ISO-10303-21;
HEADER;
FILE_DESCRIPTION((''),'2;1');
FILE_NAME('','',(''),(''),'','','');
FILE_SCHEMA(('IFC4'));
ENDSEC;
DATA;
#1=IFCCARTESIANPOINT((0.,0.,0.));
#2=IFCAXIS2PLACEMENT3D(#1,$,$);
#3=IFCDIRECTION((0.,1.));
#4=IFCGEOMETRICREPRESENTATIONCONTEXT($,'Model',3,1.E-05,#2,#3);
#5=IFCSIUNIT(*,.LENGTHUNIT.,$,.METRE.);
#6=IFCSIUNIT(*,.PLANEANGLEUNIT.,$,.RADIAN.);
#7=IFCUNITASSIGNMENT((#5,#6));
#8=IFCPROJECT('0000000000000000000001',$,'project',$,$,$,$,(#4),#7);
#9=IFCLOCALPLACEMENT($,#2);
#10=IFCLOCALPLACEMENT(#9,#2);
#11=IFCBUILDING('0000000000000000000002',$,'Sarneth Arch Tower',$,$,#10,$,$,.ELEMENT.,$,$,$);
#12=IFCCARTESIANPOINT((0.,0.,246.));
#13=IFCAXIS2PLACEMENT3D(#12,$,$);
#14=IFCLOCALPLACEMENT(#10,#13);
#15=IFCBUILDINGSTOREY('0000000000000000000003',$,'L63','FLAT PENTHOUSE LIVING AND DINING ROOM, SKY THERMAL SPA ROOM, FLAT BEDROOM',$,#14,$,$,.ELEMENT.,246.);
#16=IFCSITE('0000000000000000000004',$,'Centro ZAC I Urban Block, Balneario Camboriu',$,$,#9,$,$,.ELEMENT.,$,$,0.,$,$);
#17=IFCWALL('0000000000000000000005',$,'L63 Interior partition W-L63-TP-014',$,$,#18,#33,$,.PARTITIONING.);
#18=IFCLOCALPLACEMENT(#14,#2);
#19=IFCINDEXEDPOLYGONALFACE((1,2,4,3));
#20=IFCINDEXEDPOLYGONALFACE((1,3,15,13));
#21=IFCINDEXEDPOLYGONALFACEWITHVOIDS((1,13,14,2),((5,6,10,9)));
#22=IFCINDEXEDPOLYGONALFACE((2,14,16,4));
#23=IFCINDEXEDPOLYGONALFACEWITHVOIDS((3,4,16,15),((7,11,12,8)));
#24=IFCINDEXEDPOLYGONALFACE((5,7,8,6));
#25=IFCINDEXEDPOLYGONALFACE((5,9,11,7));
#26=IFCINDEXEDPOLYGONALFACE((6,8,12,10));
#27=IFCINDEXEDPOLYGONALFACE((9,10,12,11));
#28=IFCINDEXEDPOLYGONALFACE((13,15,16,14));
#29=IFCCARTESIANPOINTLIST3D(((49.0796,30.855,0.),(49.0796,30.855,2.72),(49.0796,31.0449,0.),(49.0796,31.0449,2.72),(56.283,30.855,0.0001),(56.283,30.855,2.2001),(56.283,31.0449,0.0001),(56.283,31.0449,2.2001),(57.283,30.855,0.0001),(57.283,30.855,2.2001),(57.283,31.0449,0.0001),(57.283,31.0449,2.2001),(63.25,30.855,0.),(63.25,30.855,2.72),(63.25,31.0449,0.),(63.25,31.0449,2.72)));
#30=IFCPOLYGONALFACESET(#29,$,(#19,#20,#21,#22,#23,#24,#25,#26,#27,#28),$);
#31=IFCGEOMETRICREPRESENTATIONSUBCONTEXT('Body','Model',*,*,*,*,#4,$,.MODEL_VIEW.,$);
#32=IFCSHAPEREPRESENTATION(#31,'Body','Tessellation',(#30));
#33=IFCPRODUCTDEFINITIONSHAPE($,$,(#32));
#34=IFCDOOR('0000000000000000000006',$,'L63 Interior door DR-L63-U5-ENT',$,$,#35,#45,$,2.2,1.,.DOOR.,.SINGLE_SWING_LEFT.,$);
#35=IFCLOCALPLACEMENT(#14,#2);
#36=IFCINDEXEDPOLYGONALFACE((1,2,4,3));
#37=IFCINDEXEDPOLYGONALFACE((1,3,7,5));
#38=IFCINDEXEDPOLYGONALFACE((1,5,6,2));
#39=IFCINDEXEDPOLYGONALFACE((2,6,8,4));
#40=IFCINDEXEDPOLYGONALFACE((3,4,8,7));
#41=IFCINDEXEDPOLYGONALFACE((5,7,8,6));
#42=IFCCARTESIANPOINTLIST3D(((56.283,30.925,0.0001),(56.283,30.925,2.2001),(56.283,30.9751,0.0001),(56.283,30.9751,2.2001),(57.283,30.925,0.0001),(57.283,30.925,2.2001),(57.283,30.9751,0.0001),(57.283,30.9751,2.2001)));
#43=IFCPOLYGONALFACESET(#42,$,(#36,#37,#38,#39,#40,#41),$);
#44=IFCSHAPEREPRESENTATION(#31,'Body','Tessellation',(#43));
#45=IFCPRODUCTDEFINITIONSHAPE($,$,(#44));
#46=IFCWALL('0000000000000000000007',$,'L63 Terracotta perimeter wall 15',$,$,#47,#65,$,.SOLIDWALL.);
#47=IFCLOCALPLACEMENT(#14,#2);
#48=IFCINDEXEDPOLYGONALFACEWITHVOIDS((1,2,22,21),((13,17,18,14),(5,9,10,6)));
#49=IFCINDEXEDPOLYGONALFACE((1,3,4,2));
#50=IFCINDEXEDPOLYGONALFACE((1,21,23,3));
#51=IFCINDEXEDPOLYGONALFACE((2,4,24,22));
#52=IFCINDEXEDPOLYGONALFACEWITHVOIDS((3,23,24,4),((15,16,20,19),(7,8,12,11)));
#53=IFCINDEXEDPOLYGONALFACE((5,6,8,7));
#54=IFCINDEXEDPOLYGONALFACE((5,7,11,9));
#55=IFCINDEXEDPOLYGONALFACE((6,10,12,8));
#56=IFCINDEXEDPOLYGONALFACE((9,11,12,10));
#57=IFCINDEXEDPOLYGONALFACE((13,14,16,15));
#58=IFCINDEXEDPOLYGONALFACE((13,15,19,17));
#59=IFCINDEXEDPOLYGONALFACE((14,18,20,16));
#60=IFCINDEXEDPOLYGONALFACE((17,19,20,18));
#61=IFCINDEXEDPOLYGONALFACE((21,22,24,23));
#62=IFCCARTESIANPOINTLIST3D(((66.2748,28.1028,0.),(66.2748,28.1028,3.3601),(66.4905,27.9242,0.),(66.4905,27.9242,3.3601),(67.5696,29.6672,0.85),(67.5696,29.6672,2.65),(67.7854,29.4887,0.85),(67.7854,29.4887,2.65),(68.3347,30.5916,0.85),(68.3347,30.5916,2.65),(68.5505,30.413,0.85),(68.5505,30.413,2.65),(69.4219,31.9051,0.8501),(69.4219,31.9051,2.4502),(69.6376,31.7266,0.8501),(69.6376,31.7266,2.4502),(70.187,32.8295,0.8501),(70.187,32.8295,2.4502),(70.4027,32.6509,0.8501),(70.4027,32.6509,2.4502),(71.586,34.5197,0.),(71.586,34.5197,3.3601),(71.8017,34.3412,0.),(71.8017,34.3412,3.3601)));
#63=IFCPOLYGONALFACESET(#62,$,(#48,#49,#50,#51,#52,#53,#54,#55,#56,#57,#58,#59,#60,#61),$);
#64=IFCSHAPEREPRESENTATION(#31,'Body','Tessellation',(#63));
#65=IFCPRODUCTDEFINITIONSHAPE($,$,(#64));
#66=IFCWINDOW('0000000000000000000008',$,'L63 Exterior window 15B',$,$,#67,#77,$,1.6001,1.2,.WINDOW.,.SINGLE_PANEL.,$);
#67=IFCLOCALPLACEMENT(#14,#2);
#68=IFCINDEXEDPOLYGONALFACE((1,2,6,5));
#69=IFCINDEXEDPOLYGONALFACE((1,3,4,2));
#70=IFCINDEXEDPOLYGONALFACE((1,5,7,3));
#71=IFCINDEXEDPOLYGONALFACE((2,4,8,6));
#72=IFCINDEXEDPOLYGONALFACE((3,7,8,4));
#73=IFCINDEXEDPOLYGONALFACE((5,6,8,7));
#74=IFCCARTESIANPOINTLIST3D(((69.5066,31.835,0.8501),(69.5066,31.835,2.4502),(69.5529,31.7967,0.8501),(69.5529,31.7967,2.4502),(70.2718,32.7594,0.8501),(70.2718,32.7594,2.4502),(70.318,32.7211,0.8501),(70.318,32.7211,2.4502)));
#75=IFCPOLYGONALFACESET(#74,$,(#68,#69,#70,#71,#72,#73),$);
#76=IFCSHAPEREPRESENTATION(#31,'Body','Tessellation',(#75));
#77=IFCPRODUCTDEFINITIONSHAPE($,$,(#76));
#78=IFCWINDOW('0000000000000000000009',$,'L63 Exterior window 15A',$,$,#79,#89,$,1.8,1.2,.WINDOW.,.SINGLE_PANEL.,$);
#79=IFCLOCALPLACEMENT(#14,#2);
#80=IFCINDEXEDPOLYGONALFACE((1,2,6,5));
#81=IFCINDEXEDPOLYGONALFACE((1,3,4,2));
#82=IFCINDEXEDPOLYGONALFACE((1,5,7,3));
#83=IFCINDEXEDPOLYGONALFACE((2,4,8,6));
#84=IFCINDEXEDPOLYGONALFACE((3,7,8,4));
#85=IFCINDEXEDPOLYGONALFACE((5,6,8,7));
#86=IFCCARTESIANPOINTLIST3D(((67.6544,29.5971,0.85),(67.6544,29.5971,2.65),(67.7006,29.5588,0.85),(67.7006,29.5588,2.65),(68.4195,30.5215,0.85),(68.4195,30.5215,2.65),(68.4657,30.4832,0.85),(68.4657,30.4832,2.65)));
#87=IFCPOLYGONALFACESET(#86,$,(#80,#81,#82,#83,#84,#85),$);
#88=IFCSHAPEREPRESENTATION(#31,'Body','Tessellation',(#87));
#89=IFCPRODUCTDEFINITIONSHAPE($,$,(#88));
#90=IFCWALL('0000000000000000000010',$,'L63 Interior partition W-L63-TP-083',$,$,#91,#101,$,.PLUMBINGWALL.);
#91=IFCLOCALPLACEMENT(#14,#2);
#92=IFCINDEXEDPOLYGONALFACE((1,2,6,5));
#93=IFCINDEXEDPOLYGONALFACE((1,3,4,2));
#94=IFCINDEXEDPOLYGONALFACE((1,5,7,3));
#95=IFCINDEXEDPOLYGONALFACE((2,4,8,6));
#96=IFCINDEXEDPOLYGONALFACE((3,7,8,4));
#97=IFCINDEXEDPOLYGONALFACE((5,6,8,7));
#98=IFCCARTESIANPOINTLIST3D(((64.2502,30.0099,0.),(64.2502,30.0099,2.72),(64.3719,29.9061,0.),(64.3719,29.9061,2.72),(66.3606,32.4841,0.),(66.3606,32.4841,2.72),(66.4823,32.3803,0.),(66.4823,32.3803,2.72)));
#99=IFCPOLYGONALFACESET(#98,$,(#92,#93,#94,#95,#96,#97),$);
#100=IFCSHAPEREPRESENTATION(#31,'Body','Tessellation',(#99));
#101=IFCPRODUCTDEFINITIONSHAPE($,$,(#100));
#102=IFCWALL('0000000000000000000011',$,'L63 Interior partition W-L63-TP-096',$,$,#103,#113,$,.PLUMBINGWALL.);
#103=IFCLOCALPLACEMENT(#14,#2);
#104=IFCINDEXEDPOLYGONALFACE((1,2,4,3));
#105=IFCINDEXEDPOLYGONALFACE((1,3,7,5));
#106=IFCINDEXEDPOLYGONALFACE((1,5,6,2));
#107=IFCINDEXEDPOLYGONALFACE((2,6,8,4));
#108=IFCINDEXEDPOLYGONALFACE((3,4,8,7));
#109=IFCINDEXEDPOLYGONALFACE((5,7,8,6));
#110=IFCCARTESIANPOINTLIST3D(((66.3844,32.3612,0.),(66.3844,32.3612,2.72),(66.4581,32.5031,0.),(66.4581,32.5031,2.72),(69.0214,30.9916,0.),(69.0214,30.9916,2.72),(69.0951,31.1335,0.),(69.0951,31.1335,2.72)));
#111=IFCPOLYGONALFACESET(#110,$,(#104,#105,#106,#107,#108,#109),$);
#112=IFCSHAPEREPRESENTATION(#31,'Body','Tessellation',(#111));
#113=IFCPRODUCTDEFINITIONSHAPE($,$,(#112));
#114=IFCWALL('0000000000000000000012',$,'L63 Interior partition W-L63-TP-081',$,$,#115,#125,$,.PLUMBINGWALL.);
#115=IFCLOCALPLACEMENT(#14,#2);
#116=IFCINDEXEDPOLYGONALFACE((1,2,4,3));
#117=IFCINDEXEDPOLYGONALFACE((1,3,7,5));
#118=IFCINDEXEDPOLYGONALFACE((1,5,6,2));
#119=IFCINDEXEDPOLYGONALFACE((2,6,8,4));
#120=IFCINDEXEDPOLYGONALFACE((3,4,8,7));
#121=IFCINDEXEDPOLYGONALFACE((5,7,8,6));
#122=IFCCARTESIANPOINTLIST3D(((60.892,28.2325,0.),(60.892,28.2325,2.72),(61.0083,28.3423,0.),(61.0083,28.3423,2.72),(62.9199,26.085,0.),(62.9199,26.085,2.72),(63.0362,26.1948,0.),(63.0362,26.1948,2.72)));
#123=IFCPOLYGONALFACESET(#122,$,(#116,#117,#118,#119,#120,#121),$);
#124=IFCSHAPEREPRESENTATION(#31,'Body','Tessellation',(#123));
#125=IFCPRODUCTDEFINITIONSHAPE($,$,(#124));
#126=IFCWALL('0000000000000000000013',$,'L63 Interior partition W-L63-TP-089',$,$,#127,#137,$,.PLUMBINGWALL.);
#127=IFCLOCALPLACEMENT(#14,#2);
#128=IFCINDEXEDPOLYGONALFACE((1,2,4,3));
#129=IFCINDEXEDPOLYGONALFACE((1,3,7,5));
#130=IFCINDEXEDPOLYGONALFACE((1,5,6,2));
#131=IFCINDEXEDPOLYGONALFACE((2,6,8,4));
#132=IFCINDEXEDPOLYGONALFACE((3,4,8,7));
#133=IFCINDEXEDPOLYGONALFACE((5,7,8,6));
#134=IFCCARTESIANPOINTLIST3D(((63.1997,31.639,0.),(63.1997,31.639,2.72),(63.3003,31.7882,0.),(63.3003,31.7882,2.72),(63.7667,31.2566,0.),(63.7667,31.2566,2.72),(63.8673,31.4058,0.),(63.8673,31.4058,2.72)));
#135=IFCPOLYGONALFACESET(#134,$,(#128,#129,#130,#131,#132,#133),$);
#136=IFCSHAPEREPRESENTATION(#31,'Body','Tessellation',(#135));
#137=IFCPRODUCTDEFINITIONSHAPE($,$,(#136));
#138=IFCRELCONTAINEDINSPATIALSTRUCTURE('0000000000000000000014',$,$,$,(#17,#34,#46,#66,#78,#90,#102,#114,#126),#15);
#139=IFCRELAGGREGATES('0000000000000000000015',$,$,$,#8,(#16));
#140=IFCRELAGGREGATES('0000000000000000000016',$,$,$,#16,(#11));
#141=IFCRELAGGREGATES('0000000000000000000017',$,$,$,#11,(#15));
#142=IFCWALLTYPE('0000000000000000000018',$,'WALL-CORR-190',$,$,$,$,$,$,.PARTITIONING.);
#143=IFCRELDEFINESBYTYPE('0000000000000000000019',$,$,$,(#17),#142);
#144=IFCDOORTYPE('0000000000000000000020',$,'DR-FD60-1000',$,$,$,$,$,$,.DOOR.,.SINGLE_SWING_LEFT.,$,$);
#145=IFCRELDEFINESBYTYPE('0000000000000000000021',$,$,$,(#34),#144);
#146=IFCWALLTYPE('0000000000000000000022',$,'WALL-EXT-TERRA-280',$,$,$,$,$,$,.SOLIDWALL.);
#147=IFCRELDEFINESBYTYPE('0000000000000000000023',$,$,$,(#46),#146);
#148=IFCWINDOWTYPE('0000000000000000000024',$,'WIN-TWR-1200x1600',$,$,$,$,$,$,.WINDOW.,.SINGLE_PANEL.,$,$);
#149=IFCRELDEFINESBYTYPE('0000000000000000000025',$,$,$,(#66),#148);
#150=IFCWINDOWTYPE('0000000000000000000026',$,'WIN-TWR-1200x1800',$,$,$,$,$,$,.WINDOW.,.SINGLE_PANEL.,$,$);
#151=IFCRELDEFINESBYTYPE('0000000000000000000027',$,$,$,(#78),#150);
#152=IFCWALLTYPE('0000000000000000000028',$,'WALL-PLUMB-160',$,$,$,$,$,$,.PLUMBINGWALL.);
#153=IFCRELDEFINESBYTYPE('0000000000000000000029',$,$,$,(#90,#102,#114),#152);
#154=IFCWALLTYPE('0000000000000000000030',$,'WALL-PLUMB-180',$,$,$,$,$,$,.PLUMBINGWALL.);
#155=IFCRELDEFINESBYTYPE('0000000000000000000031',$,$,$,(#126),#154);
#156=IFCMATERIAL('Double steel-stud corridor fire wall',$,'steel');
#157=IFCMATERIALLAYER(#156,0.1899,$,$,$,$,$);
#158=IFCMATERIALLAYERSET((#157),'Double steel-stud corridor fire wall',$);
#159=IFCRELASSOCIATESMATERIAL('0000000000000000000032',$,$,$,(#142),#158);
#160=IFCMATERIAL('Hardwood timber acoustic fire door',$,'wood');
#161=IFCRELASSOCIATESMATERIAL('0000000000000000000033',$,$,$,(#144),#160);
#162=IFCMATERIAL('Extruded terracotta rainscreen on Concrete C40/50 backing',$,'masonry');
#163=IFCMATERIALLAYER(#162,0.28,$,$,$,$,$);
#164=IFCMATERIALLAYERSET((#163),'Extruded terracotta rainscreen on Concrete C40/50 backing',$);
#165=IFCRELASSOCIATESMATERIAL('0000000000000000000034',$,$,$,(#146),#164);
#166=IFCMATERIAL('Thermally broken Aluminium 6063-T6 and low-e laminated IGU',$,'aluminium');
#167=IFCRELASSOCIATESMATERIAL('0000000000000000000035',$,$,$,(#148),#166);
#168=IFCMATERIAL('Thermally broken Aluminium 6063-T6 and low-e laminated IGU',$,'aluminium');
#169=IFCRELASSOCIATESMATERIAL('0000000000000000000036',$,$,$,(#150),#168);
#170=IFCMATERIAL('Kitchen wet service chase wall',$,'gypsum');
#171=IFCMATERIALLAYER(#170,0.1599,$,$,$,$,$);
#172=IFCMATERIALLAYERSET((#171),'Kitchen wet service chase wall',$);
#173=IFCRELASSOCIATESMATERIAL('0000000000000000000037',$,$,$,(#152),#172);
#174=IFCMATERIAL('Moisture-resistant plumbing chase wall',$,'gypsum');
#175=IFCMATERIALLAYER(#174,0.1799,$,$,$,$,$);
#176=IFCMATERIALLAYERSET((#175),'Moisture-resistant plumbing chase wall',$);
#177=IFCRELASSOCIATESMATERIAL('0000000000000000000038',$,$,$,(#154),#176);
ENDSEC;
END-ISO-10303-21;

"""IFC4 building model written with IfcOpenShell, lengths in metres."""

from ifc_helpers import new_model, si_unit, direction, frame, frame_2d, origin, place, context, subcontext, project, spatial, rectangle, extrude, material, layer, layer_set, type_object, element, fill, save


model = new_model("IFC4")

# Units and contexts
model_context = context("Model", 3, precision=1e-05, world=origin(), true_north=direction((0.0, 1.0)))
body_context = subcontext(model_context, "Body", "Model", "MODEL_VIEW")
ifc_project = project(units=[si_unit("LENGTHUNIT", "METRE"), si_unit("PLANEANGLEUNIT", "RADIAN")], contexts=[model_context])

# Site, building, storey
site_placement = place(None, origin())
site = spatial("IfcSite", under=ifc_project, at=site_placement, Name="Centro ZAC I Urban Block, Balneario Camboriu", CompositionType="ELEMENT", RefElevation=0.0)
building_placement = place(site_placement, origin())
building = spatial("IfcBuilding", under=site, at=building_placement, Name="Sarneth Arch Tower", CompositionType="ELEMENT")
storey_placement = place(building_placement, frame((0.0, 0.0, 246.0)))
storey = spatial("IfcBuildingStorey", under=building, at=storey_placement, Name="L63", Description="FLAT PENTHOUSE LIVING AND DINING ROOM, SKY THERMAL SPA ROOM, FLAT BEDROOM", CompositionType="ELEMENT", Elevation=246.0)

# Wall, opening, door
ifc_material_1 = material(Name="Double steel-stud corridor fire wall", Category="steel")
ifc_layer_1 = layer(ifc_material_1, 0.1899)
ifc_layer_set_1 = layer_set([ifc_layer_1], Name="Double steel-stud corridor fire wall")
wall_type_1 = type_object("IfcWallType", Name="WALL-CORR-190", PredefinedType="PARTITIONING", material=ifc_layer_set_1)
wall_1_placement = place(storey_placement, frame((63.25, 30.95, 0.0), z_axis=(0.0, 0.0, 1.0), x_axis=(-1.0, 0.0, 0.0)))
wall_1 = element("IfcWall", 1, at=wall_1_placement, inside=storey, type_object=wall_type_1, Name="L63 Interior partition W-L63-TP-014", PredefinedType="PARTITIONING", context=body_context, shape_type="SweptSolid", body=[
    extrude(rectangle(XDim=14.1704, YDim=0.1899, at=frame_2d((7.0852, 0.0))), origin(), (0.0, 0.0, 1.0), 2.72),
])
opening_1_placement = place(wall_1_placement, frame((5.967, 0.0, 0.0)))
opening_1 = element("IfcOpeningElement", 2, at=opening_1_placement, cuts=wall_1, PredefinedType="OPENING", context=body_context, shape_type="SweptSolid", body=[
    extrude(rectangle(XDim=1.0, YDim=2.2, at=frame_2d((0.5, 1.1001))), frame((0.0, 0.105, 0.0), z_axis=(0.0, -1.0, 0.0), x_axis=(1.0, 0.0, 0.0)), (0.0, 0.0, 1.0), 0.21),
])
ifc_material_2 = material(Name="Hardwood timber acoustic fire door", Category="wood")
door_type = type_object("IfcDoorType", Name="DR-FD60-1000", OperationType="SINGLE_SWING_LEFT", PredefinedType="DOOR", material=ifc_material_2)
door_placement = place(opening_1_placement, origin())
door = element("IfcDoor", 3, at=door_placement, inside=storey, type_object=door_type, Name="L63 Interior door DR-L63-U5-ENT", OperationType="SINGLE_SWING_LEFT", OverallHeight=2.2, OverallWidth=1.0, PredefinedType="DOOR", context=body_context, shape_type="SweptSolid", body=[
    extrude(rectangle(XDim=1.0, YDim=2.2, at=frame_2d((0.5, 1.1001))), frame((0.0, 0.0249, 0.0), z_axis=(0.0, -1.0, 0.0), x_axis=(1.0, 0.0, 0.0)), (0.0, 0.0, 1.0), 0.05),
])
fill(opening_1, door)

# Wall, openings, windows
ifc_material_3 = material(Name="Extruded terracotta rainscreen on Concrete C40/50 backing", Category="masonry")
ifc_layer_2 = layer(ifc_material_3, 0.28)
ifc_layer_set_2 = layer_set([ifc_layer_2], Name="Extruded terracotta rainscreen on Concrete C40/50 backing")
wall_type_2 = type_object("IfcWallType", Name="WALL-EXT-TERRA-280", PredefinedType="SOLIDWALL", material=ifc_layer_set_2)
wall_2_placement = place(storey_placement, frame((66.3826, 28.0134, 0.0), z_axis=(0.0, 0.0, 1.0), x_axis=(0.637615, 0.770355, 0.0)))
wall_2 = element("IfcWall", 4, at=wall_2_placement, inside=storey, type_object=wall_type_2, Name="L63 Terracotta perimeter wall 15", PredefinedType="SOLIDWALL", context=body_context, shape_type="SweptSolid", body=[
    extrude(rectangle(XDim=8.3298, YDim=0.28, at=frame_2d((4.165, 0.0))), origin(), (0.0, 0.0, 1.0), 3.3601),
])
opening_2_placement = place(wall_2_placement, frame((2.0308, 0.0, 0.8501)))
opening_2 = element("IfcOpeningElement", 5, at=opening_2_placement, cuts=wall_2, PredefinedType="OPENING", context=body_context, shape_type="SweptSolid", body=[
    extrude(rectangle(XDim=1.2, YDim=1.8, at=frame_2d((0.6001, 0.8999))), frame((0.0, 0.1499, 0.0), z_axis=(0.0, -1.0, 0.0), x_axis=(1.0, 0.0, 0.0)), (0.0, 0.0, 1.0), 0.3),
])
opening_3_placement = place(wall_2_placement, frame((4.9358, 0.0, 0.8501)))
opening_3 = element("IfcOpeningElement", 6, at=opening_3_placement, cuts=wall_2, PredefinedType="OPENING", context=body_context, shape_type="SweptSolid", body=[
    extrude(rectangle(XDim=1.2, YDim=1.6001, at=frame_2d((0.6001, 0.8))), frame((0.0, 0.1499, 0.0), z_axis=(0.0, -1.0, 0.0), x_axis=(1.0, 0.0, 0.0)), (0.0, 0.0, 1.0), 0.3),
])
ifc_material_4 = material(Name="Thermally broken Aluminium 6063-T6 and low-e laminated IGU", Category="aluminium")
window_type_1 = type_object("IfcWindowType", Name="WIN-TWR-1200x1600", PartitioningType="SINGLE_PANEL", PredefinedType="WINDOW", material=ifc_material_4)
window_1_placement = place(opening_3_placement, origin())
window_1 = element("IfcWindow", 7, at=window_1_placement, inside=storey, type_object=window_type_1, Name="L63 Exterior window 15B", OverallHeight=1.6001, OverallWidth=1.2, PartitioningType="SINGLE_PANEL", PredefinedType="WINDOW", context=body_context, shape_type="SweptSolid", body=[
    extrude(rectangle(XDim=1.2, YDim=1.6001, at=frame_2d((0.6001, 0.8))), frame((0.0, 0.03, 0.0), z_axis=(0.0, -1.0, 0.0), x_axis=(1.0, 0.0, 0.0)), (0.0, 0.0, 1.0), 0.0601),
])
fill(opening_3, window_1)
ifc_material_5 = material(Name="Thermally broken Aluminium 6063-T6 and low-e laminated IGU", Category="aluminium")
window_type_2 = type_object("IfcWindowType", Name="WIN-TWR-1200x1800", PartitioningType="SINGLE_PANEL", PredefinedType="WINDOW", material=ifc_material_5)
window_2_placement = place(opening_2_placement, origin())
window_2 = element("IfcWindow", 8, at=window_2_placement, inside=storey, type_object=window_type_2, Name="L63 Exterior window 15A", OverallHeight=1.8, OverallWidth=1.2, PartitioningType="SINGLE_PANEL", PredefinedType="WINDOW", context=body_context, shape_type="SweptSolid", body=[
    extrude(rectangle(XDim=1.2, YDim=1.8, at=frame_2d((0.6001, 0.8999))), frame((0.0, 0.03, 0.0), z_axis=(0.0, -1.0, 0.0), x_axis=(1.0, 0.0, 0.0)), (0.0, 0.0, 1.0), 0.0601),
])
fill(opening_2, window_2)

# Walls
ifc_material_6 = material(Name="Kitchen wet service chase wall", Category="gypsum")
ifc_layer_3 = layer(ifc_material_6, 0.1599)
ifc_layer_set_3 = layer_set([ifc_layer_3], Name="Kitchen wet service chase wall")
wall_type_3 = type_object("IfcWallType", Name="WALL-PLUMB-160", PredefinedType="PLUMBINGWALL", material=ifc_layer_set_3)
wall_3_placement = place(storey_placement, frame((64.311, 29.958, 0.0), z_axis=(0.0, 0.0, 1.0), x_axis=(0.648959, 0.760823, 0.0)))
element("IfcWall", 9, at=wall_3_placement, inside=storey, type_object=wall_type_3, Name="L63 Interior partition W-L63-TP-083", PredefinedType="PLUMBINGWALL", context=body_context, shape_type="SweptSolid", body=[
    extrude(rectangle(XDim=3.252, YDim=0.1599, at=frame_2d((1.626, 0.0))), origin(), (0.0, 0.0, 1.0), 2.72),
])
wall_4_placement = place(storey_placement, frame((69.0583, 31.0625, 0.0), z_axis=(0.0, 0.0, 1.0), x_axis=(-0.887436, 0.460931, 0.0)))
element("IfcWall", 10, at=wall_4_placement, inside=storey, type_object=wall_type_3, Name="L63 Interior partition W-L63-TP-096", PredefinedType="PLUMBINGWALL", context=body_context, shape_type="SweptSolid", body=[
    extrude(rectangle(XDim=2.9714, YDim=0.1599, at=frame_2d((1.4858, 0.0))), origin(), (0.0, 0.0, 1.0), 2.72),
])
wall_5_placement = place(storey_placement, frame((62.978, 26.1399, 0.0), z_axis=(0.0, 0.0, 1.0), x_axis=(-0.686565, 0.727068, 0.0)))
element("IfcWall", 11, at=wall_5_placement, inside=storey, type_object=wall_type_3, Name="L63 Interior partition W-L63-TP-081", PredefinedType="PLUMBINGWALL", context=body_context, shape_type="SweptSolid", body=[
    extrude(rectangle(XDim=2.9536, YDim=0.1599, at=frame_2d((1.4768, 0.0))), origin(), (0.0, 0.0, 1.0), 2.72),
])
ifc_material_7 = material(Name="Moisture-resistant plumbing chase wall", Category="gypsum")
ifc_layer_4 = layer(ifc_material_7, 0.1799)
ifc_layer_set_4 = layer_set([ifc_layer_4], Name="Moisture-resistant plumbing chase wall")
wall_type_4 = type_object("IfcWallType", Name="WALL-PLUMB-180", PredefinedType="PLUMBINGWALL", material=ifc_layer_set_4)
wall_6_placement = place(storey_placement, frame((63.8169, 31.3313, 0.0), z_axis=(0.0, 0.0, 1.0), x_axis=(-0.829072, 0.559142, 0.0)))
element("IfcWall", 12, at=wall_6_placement, inside=storey, type_object=wall_type_4, Name="L63 Interior partition W-L63-TP-089", PredefinedType="PLUMBINGWALL", context=body_context, shape_type="SweptSolid", body=[
    extrude(rectangle(XDim=0.6838, YDim=0.1799, at=frame_2d((0.3418, 0.0))), origin(), (0.0, 0.0, 1.0), 2.72),
])

save(model, "model.ifc")
